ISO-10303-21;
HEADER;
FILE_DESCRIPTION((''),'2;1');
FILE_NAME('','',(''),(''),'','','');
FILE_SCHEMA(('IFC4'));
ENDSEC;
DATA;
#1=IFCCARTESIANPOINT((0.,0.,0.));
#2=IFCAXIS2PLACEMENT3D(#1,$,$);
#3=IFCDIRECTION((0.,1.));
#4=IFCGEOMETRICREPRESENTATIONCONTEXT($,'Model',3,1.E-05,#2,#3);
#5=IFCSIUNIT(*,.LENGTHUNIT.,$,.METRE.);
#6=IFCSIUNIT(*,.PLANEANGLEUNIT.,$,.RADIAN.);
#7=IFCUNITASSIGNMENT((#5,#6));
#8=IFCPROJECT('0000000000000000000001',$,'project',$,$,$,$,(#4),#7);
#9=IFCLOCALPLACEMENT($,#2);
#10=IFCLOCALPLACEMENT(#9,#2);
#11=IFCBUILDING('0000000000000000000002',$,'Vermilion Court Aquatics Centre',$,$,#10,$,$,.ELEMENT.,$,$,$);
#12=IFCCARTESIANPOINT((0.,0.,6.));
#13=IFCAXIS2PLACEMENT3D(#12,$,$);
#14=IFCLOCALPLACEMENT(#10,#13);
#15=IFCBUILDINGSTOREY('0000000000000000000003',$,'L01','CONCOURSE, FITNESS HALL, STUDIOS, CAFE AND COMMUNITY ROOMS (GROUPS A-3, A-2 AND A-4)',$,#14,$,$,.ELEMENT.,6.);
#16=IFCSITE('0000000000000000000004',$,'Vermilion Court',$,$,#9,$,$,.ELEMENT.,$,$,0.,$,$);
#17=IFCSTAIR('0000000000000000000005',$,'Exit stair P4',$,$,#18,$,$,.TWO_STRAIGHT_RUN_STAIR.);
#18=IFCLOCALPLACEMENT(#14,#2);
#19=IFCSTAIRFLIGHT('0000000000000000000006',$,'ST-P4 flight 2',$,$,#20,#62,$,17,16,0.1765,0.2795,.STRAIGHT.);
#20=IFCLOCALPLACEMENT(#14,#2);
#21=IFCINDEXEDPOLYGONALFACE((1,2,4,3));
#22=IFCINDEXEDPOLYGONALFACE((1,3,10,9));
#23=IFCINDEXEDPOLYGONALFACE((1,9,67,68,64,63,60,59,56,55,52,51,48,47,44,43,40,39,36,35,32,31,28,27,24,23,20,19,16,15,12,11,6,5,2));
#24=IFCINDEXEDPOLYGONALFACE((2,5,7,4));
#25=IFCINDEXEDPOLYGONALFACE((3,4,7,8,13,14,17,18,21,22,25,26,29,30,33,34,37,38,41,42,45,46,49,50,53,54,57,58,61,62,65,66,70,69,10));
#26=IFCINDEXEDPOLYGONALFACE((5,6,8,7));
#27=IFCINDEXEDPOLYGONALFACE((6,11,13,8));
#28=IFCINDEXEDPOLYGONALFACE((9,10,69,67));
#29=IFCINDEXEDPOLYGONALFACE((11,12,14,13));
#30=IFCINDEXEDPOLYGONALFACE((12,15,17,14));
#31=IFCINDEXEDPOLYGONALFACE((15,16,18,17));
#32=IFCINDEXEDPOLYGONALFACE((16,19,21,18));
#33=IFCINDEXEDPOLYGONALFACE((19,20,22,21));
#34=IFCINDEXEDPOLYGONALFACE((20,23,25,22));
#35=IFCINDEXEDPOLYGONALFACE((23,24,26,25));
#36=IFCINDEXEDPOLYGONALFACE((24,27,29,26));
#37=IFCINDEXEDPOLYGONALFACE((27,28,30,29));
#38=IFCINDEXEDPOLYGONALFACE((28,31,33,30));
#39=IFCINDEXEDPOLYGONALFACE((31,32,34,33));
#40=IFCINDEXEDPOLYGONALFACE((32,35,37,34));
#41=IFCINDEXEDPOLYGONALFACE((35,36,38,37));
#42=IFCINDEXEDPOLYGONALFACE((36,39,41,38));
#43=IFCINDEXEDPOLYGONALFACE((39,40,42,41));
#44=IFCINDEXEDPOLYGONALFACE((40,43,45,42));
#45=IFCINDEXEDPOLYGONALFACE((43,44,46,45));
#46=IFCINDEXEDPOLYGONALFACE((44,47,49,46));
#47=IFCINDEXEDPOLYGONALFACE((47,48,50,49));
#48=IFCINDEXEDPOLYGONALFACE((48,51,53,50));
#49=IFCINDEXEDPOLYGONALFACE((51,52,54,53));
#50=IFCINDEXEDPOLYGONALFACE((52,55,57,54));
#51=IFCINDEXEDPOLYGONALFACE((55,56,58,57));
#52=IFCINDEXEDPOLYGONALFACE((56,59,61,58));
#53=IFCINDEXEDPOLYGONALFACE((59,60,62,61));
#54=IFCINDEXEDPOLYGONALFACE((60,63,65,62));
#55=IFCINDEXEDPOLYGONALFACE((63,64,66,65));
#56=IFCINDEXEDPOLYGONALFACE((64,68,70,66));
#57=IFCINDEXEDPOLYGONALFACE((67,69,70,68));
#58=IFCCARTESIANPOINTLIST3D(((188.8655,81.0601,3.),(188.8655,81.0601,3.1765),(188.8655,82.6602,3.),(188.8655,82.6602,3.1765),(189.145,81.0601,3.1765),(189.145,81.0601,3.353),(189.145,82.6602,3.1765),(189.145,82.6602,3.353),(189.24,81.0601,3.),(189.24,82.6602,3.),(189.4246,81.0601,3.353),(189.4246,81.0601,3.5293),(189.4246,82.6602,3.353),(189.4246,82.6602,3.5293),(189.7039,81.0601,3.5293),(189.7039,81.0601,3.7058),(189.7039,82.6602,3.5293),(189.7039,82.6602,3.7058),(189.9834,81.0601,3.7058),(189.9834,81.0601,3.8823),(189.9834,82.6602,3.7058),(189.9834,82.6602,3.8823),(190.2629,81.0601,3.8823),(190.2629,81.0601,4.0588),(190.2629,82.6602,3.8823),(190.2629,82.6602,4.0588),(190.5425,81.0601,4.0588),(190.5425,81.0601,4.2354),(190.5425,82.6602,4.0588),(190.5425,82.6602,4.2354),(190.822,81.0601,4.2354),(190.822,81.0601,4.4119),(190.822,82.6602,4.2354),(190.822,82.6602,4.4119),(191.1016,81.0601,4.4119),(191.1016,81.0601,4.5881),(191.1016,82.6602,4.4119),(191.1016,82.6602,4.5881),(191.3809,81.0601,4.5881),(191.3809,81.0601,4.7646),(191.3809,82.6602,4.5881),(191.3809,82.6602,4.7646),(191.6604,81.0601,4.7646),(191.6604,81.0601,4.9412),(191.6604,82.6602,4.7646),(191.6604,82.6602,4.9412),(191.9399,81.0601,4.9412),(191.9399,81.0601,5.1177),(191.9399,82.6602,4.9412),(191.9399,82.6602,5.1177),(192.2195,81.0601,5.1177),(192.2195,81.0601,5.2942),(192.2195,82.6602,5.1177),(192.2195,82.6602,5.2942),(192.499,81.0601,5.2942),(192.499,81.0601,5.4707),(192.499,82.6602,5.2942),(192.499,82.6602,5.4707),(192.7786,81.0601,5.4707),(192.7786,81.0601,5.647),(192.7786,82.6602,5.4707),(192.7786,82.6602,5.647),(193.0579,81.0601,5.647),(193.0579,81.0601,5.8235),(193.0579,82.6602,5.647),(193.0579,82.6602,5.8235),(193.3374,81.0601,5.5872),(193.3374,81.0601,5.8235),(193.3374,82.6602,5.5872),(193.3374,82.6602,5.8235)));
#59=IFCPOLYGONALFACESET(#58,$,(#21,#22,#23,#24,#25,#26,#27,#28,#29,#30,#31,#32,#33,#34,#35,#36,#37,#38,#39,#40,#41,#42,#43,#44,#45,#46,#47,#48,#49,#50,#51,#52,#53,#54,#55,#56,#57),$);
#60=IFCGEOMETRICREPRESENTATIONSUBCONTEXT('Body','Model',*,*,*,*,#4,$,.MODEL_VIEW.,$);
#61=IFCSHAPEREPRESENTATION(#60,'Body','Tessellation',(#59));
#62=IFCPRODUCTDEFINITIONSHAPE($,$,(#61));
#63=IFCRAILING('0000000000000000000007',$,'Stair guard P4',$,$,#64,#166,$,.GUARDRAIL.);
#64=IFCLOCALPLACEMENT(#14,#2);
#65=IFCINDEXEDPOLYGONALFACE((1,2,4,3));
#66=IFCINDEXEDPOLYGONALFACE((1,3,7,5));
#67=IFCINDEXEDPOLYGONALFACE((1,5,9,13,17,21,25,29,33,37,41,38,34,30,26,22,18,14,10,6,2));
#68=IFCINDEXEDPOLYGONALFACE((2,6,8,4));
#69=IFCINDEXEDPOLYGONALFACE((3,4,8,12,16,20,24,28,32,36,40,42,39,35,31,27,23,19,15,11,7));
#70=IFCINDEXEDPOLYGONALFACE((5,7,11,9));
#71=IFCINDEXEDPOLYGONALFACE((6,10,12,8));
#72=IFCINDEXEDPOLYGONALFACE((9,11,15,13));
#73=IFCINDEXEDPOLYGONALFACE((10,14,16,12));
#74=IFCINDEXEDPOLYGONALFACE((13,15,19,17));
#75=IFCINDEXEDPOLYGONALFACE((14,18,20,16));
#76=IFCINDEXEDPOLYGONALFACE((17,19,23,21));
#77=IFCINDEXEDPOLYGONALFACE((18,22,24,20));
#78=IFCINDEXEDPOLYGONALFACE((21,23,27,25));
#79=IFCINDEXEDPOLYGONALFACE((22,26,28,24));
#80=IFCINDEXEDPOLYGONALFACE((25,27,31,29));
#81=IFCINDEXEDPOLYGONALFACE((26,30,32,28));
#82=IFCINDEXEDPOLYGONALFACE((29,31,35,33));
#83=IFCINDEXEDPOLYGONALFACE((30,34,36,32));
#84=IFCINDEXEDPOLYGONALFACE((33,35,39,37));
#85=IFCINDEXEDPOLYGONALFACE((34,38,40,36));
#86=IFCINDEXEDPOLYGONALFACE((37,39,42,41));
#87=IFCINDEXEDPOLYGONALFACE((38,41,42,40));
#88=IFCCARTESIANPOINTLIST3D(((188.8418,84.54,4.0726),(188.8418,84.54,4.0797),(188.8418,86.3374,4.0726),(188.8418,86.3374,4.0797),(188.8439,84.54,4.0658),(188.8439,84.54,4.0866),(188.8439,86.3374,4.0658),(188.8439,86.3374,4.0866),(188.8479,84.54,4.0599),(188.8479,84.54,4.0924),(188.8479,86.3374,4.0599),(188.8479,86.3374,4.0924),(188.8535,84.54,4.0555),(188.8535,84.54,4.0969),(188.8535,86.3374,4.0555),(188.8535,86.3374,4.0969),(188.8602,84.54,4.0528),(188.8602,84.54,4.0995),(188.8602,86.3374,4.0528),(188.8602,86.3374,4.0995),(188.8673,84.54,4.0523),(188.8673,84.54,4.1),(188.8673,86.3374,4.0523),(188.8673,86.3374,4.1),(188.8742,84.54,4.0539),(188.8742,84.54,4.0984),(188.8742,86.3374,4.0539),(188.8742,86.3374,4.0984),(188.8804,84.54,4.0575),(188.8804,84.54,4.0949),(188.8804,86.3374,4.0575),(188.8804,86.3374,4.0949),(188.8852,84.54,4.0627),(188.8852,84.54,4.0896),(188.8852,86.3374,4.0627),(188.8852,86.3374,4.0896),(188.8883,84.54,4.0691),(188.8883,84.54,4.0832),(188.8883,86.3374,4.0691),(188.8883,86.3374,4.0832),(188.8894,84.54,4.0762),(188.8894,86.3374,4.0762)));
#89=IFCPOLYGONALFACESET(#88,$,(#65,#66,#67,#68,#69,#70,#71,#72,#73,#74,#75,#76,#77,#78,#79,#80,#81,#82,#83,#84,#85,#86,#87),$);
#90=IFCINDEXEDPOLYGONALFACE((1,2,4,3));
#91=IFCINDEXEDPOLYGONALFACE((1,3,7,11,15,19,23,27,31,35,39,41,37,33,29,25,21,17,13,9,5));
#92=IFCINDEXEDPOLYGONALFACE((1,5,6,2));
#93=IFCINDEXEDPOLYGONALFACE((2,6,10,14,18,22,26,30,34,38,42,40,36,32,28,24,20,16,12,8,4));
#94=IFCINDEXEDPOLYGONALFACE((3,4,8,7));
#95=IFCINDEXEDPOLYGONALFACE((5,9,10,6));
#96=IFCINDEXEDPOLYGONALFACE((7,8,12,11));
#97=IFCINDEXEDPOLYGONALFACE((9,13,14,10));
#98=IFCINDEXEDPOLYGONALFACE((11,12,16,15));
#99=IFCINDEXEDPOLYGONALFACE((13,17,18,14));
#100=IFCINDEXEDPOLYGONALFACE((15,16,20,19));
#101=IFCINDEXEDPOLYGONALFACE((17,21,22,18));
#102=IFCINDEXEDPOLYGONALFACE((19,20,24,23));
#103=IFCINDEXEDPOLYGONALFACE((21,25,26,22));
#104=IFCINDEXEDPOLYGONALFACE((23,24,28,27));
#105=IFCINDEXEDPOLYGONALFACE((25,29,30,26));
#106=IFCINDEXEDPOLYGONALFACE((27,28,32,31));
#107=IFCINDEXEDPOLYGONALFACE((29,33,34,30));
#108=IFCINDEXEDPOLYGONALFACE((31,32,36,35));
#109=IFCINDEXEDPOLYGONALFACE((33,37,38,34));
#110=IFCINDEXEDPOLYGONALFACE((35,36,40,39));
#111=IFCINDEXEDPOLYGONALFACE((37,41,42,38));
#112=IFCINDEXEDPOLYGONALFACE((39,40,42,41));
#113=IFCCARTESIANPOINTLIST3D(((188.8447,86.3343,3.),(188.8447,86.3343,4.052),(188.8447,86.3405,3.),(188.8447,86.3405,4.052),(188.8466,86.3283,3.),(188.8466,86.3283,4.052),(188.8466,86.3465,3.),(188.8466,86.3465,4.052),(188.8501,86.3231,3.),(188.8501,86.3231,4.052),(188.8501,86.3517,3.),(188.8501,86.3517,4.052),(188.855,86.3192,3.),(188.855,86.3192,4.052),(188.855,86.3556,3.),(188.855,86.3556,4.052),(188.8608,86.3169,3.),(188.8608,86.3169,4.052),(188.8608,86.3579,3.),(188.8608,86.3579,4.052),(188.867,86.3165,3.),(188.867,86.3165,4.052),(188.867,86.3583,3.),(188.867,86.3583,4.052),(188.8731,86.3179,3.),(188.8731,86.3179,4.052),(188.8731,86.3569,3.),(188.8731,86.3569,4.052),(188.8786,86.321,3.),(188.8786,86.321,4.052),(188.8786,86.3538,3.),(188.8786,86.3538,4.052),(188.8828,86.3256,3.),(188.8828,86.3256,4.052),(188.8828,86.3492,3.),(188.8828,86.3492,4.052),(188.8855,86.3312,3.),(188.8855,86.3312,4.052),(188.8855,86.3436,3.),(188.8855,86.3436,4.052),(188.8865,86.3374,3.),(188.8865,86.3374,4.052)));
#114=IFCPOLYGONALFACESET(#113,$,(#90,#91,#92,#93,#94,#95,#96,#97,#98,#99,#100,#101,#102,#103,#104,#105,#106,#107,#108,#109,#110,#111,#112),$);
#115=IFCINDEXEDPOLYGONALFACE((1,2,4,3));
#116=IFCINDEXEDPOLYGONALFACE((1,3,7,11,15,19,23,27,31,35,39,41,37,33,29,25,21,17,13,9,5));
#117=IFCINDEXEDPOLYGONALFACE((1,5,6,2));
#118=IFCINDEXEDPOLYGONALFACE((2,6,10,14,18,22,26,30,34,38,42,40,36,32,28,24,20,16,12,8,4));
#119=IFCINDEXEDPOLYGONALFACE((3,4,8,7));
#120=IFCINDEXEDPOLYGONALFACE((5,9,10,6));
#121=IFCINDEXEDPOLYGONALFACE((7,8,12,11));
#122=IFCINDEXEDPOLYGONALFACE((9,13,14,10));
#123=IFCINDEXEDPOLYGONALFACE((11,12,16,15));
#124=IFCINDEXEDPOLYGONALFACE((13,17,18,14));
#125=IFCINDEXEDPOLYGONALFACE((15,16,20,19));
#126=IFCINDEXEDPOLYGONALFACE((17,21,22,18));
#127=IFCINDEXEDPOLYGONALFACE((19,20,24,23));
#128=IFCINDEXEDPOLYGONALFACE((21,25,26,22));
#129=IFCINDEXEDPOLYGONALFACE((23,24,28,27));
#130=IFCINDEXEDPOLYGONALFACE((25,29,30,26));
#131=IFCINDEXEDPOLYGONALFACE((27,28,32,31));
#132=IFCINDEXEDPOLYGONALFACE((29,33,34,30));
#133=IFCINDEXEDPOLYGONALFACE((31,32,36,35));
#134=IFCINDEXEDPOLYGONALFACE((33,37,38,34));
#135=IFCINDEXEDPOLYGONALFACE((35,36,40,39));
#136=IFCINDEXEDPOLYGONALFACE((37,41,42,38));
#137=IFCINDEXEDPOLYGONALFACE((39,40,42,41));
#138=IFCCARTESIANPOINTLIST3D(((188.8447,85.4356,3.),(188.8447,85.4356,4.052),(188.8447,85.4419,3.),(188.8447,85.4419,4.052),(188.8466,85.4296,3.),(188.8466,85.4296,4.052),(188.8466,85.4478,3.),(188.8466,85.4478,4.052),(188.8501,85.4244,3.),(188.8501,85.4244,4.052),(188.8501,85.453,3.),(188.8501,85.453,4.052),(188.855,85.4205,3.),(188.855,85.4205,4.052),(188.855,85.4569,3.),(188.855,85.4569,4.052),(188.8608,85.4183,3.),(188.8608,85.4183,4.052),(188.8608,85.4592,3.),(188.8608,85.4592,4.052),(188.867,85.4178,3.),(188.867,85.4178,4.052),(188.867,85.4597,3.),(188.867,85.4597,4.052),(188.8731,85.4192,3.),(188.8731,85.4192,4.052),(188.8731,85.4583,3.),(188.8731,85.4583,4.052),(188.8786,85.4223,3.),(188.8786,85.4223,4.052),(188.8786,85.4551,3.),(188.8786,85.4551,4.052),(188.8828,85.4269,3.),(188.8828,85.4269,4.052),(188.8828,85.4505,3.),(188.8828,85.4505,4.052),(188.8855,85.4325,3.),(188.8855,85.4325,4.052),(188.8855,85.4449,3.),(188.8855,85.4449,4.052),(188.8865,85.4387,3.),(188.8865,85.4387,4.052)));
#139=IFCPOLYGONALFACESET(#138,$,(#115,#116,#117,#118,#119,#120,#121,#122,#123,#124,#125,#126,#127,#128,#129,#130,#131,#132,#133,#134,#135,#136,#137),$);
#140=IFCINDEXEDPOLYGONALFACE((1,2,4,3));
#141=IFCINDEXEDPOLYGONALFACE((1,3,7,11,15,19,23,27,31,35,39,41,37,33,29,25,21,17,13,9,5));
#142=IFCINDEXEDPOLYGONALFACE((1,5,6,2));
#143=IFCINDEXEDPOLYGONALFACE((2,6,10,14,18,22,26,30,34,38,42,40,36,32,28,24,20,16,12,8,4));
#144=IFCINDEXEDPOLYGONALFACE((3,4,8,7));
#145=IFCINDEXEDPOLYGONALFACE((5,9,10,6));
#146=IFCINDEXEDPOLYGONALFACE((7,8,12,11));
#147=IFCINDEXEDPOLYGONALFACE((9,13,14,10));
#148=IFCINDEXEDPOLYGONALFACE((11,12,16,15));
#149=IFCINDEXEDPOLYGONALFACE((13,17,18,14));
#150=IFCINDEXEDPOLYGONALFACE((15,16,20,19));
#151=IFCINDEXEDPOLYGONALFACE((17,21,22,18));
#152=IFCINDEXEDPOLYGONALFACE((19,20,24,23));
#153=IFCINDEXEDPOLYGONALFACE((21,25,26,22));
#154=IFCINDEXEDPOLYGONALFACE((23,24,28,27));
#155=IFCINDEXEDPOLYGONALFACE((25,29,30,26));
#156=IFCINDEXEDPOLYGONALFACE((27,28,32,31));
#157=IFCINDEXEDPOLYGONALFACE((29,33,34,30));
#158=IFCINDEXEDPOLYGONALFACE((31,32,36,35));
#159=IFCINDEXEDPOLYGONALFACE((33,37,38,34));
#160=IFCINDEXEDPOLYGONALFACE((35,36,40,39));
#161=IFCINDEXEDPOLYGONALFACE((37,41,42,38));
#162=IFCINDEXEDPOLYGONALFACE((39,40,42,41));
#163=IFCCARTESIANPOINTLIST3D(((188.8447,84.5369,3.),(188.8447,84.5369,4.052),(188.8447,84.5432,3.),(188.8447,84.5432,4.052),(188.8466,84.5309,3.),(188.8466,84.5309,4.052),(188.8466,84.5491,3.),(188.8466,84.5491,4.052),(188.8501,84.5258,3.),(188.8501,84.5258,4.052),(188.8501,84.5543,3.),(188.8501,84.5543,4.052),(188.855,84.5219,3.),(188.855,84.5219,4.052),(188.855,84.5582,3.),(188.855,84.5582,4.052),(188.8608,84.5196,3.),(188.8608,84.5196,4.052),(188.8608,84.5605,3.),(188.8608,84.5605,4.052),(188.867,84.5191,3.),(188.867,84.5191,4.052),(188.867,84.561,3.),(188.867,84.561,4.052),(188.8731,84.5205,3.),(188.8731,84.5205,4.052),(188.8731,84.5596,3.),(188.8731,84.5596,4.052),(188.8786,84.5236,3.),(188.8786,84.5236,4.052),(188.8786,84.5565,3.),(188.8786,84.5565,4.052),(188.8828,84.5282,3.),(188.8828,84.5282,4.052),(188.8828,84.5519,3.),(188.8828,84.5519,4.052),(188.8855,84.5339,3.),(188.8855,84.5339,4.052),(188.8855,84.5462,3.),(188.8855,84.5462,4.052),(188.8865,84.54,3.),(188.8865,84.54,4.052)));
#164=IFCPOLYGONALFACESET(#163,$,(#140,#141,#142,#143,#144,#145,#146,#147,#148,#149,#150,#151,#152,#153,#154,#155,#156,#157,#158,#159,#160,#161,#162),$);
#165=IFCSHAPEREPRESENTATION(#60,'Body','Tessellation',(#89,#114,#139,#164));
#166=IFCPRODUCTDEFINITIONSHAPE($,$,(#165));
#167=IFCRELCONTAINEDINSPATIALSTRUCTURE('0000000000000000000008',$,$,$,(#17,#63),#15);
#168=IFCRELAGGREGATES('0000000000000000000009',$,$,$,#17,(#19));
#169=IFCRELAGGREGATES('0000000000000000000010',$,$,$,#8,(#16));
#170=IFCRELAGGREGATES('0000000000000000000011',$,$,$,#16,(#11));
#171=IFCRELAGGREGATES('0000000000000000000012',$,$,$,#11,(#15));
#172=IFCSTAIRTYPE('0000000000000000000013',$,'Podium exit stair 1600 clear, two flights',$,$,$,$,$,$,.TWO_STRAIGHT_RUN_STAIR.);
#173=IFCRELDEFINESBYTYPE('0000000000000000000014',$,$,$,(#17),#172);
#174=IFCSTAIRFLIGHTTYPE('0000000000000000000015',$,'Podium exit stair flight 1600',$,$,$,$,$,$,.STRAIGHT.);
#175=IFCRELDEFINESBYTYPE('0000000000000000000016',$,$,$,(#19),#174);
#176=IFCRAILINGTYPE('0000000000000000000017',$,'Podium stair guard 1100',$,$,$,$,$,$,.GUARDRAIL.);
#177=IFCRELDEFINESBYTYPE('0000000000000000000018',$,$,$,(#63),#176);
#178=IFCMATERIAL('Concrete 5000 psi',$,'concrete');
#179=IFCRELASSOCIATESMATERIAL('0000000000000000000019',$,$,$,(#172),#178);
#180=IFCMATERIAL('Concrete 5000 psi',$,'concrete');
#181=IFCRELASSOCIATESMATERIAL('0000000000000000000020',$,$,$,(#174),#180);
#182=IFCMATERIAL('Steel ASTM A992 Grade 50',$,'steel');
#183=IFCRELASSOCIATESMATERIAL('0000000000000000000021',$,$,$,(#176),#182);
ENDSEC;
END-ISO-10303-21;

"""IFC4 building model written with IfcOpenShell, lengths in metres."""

from ifc_helpers import new_model, si_unit, direction, frame, origin, origin_2d, place, context, subcontext, project, spatial, polyline, circle, outline, extrude, material, type_object, element, aggregate, save


model = new_model("IFC4")

# Units and contexts
model_context = context("Model", 3, precision=1e-05, world=origin(), true_north=direction((0.0, 1.0)))
body_context = subcontext(model_context, "Body", "Model", "MODEL_VIEW")
ifc_project = project(units=[si_unit("LENGTHUNIT", "METRE"), si_unit("PLANEANGLEUNIT", "RADIAN")], contexts=[model_context])

# Site, building, storey
site_placement = place(None, origin())
site = spatial("IfcSite", under=ifc_project, at=site_placement, Name="Vermilion Court", CompositionType="ELEMENT", RefElevation=0.0)
building_placement = place(site_placement, origin())
building = spatial("IfcBuilding", under=site, at=building_placement, Name="Vermilion Court Aquatics Centre", CompositionType="ELEMENT")
storey_placement = place(building_placement, frame((0.0, 0.0, 6.0)))
storey = spatial("IfcBuildingStorey", under=building, at=storey_placement, Name="L01", Description="CONCOURSE, FITNESS HALL, STUDIOS, CAFE AND COMMUNITY ROOMS (GROUPS A-3, A-2 AND A-4)", CompositionType="ELEMENT", Elevation=6.0)

# Stair, stair flight
ifc_material_1 = material(Name="Concrete 5000 psi", Category="concrete")
stair_type = type_object("IfcStairType", Name="Podium exit stair 1600 clear, two flights", PredefinedType="TWO_STRAIGHT_RUN_STAIR", material=ifc_material_1)
stair_placement = place(storey_placement, origin())
stair = element("IfcStair", 1, at=stair_placement, inside=storey, type_object=stair_type, Name="Exit stair P4", PredefinedType="TWO_STRAIGHT_RUN_STAIR")
ifc_material_2 = material(Name="Concrete 5000 psi", Category="concrete")
stair_flight_type = type_object("IfcStairFlightType", Name="Podium exit stair flight 1600", PredefinedType="STRAIGHT", material=ifc_material_2)
stair_flight_1_placement = place(storey_placement, frame((188.8655, 81.8601, 3.0), z_axis=(0.0, 0.0, 1.0), x_axis=(1.0, 0.0, 0.0)))
stair_flight_1 = element("IfcStairFlight", 2, at=stair_flight_1_placement, type_object=stair_flight_type, Name="ST-P4 flight 2", NumberOfRisers=17, NumberOfTreads=16, PredefinedType="STRAIGHT", RiserHeight=0.1765, TreadLength=0.2795, context=body_context, shape_type="SweptSolid", body=[
    extrude(outline(polyline([(0.0, 0.0), (0.0, 0.1765), (0.2795, 0.1765), (0.2795, 0.353), (0.5591, 0.353), (0.5591, 0.5293), (0.8384, 0.5293), (0.8384, 0.7058), (1.1179, 0.7058), (1.1179, 0.8823), (1.3975, 0.8823), (1.3975, 1.0588), (1.677, 1.0588), (1.677, 1.2354), (1.9565, 1.2354), (1.9565, 1.4119), (2.2361, 1.4119), (2.2361, 1.5881), (2.5154, 1.5881), (2.5154, 1.7646), (2.7949, 1.7646), (2.7949, 1.9412), (3.0745, 1.9412), (3.0745, 2.1177), (3.354, 2.1177), (3.354, 2.2942), (3.6335, 2.2942), (3.6335, 2.4707), (3.9131, 2.4707), (3.9131, 2.647), (4.1924, 2.647), (4.1924, 2.8235), (4.4719, 2.8235), (4.4719, 3.0), (4.4719, 2.5872), (0.3745, 0.0), (0.0, 0.0)])), frame((0.0, 0.8, 0.0), z_axis=(0.0, -1.0, 0.0), x_axis=(1.0, 0.0, 0.0)), (0.0, 0.0, 1.0), 1.6001),
])
aggregate(stair, [stair_flight_1])

# Railing
ifc_material_3 = material(Name="Steel ASTM A992 Grade 50", Category="steel")
railing_type_1 = type_object("IfcRailingType", Name="Podium stair guard 1100", PredefinedType="GUARDRAIL", material=ifc_material_3)
railing_1_placement = place(storey_placement, frame((188.8655, 86.3374, 3.0)))
element("IfcRailing", 3, at=railing_1_placement, inside=storey, type_object=railing_type_1, Name="Stair guard P4", PredefinedType="GUARDRAIL", context=body_context, shape_type="SweptSolid", body=[
    extrude(circle(Radius=0.0239, at=origin_2d()), frame((0.0, 0.0, 1.0762), z_axis=(0.0, -1.0, 0.0), x_axis=(1.0, 0.0, 0.0)), (0.0, 0.0, 1.0), 1.7974),
    extrude(circle(Radius=0.021, at=origin_2d()), origin(), (0.0, 0.0, 1.0), 1.052),
    extrude(circle(Radius=0.021, at=origin_2d()), frame((0.0, -0.8987, 0.0)), (0.0, 0.0, 1.0), 1.052),
    extrude(circle(Radius=0.021, at=origin_2d()), frame((0.0, -1.7974, 0.0)), (0.0, 0.0, 1.0), 1.052),
])

save(model, "model.ifc")
